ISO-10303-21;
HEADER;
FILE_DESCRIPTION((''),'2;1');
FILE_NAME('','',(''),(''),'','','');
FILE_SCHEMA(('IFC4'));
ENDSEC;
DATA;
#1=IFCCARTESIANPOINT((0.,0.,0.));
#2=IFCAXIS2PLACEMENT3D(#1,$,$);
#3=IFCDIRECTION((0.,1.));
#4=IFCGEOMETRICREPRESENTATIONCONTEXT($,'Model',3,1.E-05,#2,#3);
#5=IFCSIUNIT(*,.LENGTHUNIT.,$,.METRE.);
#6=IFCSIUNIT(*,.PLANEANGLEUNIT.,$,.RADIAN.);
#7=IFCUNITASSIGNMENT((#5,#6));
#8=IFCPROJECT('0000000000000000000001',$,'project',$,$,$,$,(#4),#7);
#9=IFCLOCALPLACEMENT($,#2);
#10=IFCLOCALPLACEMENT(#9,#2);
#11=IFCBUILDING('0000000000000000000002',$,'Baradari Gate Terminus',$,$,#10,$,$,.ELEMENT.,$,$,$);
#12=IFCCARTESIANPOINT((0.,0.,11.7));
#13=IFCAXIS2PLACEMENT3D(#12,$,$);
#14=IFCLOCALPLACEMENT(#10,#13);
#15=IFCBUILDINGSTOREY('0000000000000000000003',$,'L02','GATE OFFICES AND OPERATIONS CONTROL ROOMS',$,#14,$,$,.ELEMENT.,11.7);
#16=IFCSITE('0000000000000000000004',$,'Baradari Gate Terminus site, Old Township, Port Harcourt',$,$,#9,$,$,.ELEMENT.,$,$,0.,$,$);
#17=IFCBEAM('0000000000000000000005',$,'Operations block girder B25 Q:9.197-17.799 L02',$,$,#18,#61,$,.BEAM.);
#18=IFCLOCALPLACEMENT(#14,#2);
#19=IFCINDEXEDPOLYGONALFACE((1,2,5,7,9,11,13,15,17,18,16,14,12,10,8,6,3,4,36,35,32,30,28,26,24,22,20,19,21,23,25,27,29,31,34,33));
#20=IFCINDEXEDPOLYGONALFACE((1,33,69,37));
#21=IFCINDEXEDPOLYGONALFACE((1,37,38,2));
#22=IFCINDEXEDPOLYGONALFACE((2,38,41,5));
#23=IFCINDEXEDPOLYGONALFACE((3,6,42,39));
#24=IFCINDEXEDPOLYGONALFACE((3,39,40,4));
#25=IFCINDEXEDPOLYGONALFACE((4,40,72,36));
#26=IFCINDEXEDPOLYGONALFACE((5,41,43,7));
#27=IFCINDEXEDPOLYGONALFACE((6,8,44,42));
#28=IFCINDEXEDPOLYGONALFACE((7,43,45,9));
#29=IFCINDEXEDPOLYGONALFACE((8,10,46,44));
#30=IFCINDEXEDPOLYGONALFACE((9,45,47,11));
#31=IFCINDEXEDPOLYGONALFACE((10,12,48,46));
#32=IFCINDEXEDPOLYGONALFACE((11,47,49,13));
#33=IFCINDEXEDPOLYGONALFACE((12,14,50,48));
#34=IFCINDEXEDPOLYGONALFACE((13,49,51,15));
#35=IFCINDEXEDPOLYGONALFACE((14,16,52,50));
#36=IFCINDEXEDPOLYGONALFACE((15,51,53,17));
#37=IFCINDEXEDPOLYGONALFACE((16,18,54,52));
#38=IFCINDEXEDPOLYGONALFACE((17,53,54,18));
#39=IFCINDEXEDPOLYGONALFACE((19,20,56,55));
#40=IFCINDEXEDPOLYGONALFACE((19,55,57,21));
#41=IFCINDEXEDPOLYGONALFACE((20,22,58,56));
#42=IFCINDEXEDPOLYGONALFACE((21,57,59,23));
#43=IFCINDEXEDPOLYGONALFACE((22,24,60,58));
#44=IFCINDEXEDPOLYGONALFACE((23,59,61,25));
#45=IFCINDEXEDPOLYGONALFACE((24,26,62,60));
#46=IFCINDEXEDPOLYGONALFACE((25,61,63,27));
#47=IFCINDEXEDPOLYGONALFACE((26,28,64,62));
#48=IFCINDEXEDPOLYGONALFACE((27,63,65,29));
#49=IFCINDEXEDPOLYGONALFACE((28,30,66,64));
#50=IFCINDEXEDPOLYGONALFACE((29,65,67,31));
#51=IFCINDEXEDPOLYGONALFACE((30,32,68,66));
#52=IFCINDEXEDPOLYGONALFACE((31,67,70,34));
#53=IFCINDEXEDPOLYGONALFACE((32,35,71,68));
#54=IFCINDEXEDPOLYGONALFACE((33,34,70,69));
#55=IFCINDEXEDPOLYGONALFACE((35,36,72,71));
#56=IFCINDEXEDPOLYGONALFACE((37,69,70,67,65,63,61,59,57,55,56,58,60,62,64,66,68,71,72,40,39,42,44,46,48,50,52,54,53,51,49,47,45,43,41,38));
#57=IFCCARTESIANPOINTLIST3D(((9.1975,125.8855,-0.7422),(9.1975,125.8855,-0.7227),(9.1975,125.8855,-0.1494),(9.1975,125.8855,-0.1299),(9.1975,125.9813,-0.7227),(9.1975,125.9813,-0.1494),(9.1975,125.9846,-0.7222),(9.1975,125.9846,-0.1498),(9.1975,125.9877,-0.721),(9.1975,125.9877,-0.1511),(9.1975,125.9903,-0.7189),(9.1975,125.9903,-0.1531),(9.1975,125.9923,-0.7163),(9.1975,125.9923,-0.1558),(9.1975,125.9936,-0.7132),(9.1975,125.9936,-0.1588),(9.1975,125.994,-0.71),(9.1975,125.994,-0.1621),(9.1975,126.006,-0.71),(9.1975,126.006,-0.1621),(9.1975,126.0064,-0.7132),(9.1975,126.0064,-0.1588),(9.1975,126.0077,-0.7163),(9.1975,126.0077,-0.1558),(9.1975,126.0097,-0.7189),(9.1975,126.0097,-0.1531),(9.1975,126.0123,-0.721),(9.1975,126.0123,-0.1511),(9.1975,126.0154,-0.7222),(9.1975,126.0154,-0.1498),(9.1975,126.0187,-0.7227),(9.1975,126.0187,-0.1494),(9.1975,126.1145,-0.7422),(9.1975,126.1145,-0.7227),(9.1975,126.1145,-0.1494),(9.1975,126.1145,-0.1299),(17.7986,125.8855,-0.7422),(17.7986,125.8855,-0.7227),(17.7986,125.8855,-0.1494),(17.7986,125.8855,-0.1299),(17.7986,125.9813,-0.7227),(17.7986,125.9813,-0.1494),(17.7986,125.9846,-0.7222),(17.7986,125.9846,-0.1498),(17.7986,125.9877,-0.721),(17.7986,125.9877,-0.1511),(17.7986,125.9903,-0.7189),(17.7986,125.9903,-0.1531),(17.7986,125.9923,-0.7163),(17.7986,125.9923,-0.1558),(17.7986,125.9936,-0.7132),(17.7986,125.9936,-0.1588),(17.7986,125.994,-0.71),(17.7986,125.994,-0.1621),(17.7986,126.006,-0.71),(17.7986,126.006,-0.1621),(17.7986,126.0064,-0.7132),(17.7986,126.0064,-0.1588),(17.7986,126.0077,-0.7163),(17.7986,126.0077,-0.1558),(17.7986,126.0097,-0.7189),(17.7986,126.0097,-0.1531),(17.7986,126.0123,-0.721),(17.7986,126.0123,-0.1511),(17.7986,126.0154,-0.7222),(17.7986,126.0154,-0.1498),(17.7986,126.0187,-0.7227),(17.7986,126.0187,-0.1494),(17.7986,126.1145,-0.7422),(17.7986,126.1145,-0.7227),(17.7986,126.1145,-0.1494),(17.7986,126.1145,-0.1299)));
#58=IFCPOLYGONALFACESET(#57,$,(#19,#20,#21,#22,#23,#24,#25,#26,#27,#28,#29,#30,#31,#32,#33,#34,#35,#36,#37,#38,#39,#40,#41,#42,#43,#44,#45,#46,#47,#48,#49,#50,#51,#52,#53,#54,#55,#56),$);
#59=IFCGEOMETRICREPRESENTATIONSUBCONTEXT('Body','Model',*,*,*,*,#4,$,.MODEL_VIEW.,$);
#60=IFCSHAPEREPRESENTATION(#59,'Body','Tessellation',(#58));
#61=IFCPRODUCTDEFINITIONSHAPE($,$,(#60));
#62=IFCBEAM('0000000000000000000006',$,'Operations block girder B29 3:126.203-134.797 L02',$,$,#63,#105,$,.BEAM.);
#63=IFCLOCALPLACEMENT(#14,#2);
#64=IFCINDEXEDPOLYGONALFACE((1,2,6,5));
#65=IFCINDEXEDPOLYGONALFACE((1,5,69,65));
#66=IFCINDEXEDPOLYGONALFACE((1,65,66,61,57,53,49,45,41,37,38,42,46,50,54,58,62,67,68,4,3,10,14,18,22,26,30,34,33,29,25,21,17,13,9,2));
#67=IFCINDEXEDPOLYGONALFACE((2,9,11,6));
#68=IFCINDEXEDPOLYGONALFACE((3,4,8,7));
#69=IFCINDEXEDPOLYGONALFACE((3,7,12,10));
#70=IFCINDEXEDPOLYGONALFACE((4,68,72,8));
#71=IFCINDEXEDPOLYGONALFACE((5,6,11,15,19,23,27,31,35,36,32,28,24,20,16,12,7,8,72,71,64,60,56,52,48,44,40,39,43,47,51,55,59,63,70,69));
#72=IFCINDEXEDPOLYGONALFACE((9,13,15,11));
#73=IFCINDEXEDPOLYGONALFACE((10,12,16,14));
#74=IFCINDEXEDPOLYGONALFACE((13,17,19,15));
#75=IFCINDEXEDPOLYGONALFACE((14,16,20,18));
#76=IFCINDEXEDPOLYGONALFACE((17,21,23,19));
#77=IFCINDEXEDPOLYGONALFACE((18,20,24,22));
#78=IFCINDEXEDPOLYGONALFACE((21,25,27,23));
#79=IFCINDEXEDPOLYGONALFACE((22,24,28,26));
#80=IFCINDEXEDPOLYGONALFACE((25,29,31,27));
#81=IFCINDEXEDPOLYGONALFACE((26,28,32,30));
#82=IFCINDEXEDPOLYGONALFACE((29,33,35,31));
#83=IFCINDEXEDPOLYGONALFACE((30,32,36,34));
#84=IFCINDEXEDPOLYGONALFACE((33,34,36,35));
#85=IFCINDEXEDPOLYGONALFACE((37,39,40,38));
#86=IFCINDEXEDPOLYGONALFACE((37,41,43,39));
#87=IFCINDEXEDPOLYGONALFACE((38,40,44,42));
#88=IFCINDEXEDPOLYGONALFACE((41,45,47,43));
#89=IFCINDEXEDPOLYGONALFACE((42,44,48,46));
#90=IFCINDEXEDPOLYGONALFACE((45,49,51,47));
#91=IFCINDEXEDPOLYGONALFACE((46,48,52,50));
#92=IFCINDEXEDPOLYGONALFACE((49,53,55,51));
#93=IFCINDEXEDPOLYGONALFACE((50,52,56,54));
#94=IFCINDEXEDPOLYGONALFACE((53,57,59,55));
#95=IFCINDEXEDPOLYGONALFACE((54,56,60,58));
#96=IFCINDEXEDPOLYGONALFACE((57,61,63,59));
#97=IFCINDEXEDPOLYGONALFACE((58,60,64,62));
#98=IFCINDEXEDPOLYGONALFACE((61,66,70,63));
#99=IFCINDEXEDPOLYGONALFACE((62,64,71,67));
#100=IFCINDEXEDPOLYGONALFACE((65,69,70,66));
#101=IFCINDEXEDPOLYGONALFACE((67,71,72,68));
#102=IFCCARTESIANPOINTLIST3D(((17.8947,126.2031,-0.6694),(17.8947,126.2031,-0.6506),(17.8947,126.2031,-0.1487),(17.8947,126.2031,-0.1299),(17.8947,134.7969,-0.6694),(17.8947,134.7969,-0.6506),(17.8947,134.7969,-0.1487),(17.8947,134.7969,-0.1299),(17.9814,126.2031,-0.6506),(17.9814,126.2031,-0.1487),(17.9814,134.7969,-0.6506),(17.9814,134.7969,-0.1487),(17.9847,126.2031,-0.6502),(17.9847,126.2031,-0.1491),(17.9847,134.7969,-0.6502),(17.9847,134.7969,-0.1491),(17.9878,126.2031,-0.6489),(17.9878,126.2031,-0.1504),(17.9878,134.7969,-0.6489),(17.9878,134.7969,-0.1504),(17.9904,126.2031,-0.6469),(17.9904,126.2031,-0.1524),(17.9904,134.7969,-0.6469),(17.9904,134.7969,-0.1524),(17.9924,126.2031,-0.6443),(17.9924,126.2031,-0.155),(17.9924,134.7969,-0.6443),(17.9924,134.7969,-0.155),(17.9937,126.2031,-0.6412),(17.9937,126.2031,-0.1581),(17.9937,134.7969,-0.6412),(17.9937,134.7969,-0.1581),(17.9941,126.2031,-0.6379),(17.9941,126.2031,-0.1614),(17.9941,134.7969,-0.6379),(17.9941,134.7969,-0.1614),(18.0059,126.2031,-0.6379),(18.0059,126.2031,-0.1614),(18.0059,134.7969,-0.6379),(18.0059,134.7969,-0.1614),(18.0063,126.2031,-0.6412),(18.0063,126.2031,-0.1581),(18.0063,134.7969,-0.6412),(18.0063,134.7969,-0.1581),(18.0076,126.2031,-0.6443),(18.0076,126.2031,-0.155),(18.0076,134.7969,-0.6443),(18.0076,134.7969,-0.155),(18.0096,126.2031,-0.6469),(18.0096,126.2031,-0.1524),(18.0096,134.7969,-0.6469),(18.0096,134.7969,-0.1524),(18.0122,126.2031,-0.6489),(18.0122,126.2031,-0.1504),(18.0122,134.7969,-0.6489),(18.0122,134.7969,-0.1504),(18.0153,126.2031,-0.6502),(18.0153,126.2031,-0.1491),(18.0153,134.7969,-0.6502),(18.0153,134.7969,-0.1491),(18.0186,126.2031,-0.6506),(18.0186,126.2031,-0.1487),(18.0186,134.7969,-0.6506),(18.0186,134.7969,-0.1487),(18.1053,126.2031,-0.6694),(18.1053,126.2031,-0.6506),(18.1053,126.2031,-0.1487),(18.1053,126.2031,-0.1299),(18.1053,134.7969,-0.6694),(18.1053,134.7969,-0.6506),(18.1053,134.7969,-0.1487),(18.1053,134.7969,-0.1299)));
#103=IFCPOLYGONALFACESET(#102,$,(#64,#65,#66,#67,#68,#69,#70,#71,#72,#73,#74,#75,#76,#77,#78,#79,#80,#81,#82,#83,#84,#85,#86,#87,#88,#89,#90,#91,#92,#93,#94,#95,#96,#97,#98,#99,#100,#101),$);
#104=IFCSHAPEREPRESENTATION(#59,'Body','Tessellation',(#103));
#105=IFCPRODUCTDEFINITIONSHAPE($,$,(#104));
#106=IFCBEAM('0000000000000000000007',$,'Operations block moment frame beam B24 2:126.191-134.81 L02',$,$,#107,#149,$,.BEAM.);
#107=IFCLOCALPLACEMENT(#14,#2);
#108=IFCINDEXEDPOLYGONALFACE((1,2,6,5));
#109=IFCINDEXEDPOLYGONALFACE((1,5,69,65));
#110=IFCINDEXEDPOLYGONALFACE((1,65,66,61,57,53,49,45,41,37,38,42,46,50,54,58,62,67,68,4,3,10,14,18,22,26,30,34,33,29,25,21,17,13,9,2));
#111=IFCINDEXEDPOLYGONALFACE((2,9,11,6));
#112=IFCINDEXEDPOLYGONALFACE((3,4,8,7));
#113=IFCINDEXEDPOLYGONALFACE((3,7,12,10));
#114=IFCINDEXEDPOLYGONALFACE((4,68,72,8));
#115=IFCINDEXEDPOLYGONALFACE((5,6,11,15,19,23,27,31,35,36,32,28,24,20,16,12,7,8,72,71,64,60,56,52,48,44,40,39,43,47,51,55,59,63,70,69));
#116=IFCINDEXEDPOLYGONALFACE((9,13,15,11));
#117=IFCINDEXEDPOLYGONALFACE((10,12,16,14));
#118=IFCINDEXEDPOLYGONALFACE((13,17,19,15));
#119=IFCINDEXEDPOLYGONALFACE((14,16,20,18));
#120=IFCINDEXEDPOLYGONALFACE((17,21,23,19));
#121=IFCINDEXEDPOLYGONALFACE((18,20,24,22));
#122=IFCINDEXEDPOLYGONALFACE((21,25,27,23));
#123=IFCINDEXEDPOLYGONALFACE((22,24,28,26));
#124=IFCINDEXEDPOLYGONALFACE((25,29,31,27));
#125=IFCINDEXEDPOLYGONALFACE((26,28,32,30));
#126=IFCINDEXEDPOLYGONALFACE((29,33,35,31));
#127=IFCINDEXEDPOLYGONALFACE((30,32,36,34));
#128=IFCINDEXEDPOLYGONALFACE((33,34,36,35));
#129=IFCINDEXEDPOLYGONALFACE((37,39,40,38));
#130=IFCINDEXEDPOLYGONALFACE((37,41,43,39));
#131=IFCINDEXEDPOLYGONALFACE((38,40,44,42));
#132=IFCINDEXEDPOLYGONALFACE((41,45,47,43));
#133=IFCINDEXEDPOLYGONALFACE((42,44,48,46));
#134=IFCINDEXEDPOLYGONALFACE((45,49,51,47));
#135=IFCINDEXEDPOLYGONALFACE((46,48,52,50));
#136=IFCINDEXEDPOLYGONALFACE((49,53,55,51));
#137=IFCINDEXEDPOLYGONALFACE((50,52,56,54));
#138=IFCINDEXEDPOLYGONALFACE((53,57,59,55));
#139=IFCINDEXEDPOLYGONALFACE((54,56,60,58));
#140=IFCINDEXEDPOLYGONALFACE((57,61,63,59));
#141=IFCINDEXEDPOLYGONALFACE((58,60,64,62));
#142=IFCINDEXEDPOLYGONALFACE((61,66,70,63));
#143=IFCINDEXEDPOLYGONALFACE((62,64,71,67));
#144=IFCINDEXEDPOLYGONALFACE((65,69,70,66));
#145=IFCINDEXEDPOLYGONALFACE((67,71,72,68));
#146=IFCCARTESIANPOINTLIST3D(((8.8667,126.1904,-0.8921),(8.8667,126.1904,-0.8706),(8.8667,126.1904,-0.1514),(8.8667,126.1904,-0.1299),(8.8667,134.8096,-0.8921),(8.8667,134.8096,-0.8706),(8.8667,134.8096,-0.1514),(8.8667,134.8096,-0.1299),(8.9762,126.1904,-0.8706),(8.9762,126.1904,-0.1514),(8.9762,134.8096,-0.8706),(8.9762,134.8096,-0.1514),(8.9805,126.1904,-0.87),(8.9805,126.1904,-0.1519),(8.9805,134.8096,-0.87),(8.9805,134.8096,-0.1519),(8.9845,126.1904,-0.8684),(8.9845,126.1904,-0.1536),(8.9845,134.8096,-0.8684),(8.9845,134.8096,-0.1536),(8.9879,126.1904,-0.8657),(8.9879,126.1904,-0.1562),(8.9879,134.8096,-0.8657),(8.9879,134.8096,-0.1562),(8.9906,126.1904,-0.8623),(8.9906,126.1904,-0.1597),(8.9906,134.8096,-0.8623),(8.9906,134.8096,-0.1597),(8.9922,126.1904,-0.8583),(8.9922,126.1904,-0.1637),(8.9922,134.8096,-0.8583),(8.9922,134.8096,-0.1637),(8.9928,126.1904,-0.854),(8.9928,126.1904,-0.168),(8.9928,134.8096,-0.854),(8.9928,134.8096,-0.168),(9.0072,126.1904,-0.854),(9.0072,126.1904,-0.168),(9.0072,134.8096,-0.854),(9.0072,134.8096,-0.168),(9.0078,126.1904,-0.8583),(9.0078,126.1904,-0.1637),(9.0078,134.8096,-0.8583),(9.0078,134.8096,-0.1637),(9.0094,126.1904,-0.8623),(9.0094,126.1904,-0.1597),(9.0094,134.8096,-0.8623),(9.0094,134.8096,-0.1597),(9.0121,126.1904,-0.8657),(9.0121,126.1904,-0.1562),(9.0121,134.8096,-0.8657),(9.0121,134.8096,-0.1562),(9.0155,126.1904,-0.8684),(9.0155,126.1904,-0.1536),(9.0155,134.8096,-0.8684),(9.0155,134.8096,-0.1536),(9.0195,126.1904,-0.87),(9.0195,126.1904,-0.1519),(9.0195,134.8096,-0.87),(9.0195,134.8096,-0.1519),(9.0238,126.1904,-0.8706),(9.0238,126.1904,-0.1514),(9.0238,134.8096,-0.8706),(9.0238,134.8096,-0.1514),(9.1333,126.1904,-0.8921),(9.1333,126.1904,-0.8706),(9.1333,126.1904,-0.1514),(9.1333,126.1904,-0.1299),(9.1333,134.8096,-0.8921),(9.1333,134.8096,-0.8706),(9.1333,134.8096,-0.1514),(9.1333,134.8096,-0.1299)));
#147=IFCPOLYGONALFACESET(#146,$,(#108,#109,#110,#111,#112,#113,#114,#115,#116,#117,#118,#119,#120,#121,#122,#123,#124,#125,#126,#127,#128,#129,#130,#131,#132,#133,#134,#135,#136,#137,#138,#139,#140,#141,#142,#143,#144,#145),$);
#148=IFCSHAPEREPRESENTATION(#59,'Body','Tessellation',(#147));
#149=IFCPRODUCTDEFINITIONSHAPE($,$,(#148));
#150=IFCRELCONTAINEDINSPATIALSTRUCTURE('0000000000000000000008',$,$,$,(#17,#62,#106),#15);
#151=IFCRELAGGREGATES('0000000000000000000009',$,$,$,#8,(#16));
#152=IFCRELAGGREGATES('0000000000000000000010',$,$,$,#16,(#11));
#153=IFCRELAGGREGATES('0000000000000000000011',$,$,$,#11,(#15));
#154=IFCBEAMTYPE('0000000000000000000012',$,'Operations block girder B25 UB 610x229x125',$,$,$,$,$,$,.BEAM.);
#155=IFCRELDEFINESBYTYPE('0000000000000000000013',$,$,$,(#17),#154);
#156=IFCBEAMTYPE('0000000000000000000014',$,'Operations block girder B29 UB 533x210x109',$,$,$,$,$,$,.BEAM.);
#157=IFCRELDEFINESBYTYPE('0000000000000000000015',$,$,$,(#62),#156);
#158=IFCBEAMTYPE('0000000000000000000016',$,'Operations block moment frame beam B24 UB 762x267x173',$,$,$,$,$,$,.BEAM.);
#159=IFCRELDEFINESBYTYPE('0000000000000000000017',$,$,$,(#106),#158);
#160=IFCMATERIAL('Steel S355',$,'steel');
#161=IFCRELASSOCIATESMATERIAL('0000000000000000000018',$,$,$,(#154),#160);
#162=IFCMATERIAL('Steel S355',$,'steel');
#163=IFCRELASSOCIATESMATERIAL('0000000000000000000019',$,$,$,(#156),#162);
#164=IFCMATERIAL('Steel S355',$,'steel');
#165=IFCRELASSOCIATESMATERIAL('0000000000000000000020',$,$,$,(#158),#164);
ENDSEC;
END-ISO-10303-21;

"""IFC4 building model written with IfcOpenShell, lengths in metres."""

from ifc_helpers import new_model, si_unit, direction, frame, origin, origin_2d, place, context, subcontext, project, spatial, i_section, extrude, material, material_profile, profile_set, type_object, element, save


model = new_model("IFC4")

# Units and contexts
model_context = context("Model", 3, precision=1e-05, world=origin(), true_north=direction((0.0, 1.0)))
body_context = subcontext(model_context, "Body", "Model", "MODEL_VIEW")
ifc_project = project(units=[si_unit("LENGTHUNIT", "METRE"), si_unit("PLANEANGLEUNIT", "RADIAN")], contexts=[model_context])

# Site, building, storey
site_placement = place(None, origin())
site = spatial("IfcSite", under=ifc_project, at=site_placement, Name="Baradari Gate Terminus site, Old Township, Port Harcourt", CompositionType="ELEMENT", RefElevation=0.0)
building_placement = place(site_placement, origin())
building = spatial("IfcBuilding", under=site, at=building_placement, Name="Baradari Gate Terminus", CompositionType="ELEMENT")
storey_placement = place(building_placement, frame((0.0, 0.0, 11.7)))
storey = spatial("IfcBuildingStorey", under=building, at=storey_placement, Name="L02", Description="GATE OFFICES AND OPERATIONS CONTROL ROOMS", CompositionType="ELEMENT", Elevation=11.7)

# Beams
ifc_material_1 = material(Name="Steel S355", Category="steel")
ifc_material_profile_1 = material_profile(ifc_material_1, i_section(OverallWidth=0.229, OverallDepth=0.6123, WebThickness=0.012, FlangeThickness=0.0195, FilletRadius=0.0127, at=origin_2d()), Name="UB 610x229x125")
ifc_profile_set_1 = profile_set([ifc_material_profile_1], Name="Steel S355")
beam_type_1 = type_object("IfcBeamType", Name="Operations block girder B25 UB 610x229x125", PredefinedType="BEAM", material=ifc_profile_set_1)
beam_1_placement = place(storey_placement, frame((9.1975, 126.0, -0.436), z_axis=(1.0, 0.0, 0.0), x_axis=(0.0, 1.0, 0.0)))
element("IfcBeam", 1, at=beam_1_placement, inside=storey, type_object=beam_type_1, Name="Operations block girder B25 Q:9.197-17.799 L02", PredefinedType="BEAM", context=body_context, shape_type="SweptSolid", body=[
    extrude(i_section(OverallWidth=0.229, OverallDepth=0.6123, WebThickness=0.012, FlangeThickness=0.0195, FilletRadius=0.0127, at=origin_2d()), origin(), (0.0, 0.0, 1.0), 8.6011),
])
ifc_material_2 = material(Name="Steel S355", Category="steel")
ifc_material_profile_2 = material_profile(ifc_material_2, i_section(OverallWidth=0.2107, OverallDepth=0.5396, WebThickness=0.0117, FlangeThickness=0.0188, FilletRadius=0.0127, at=origin_2d()), Name="UB 533x210x109")
ifc_profile_set_2 = profile_set([ifc_material_profile_2], Name="Steel S355")
beam_type_2 = type_object("IfcBeamType", Name="Operations block girder B29 UB 533x210x109", PredefinedType="BEAM", material=ifc_profile_set_2)
beam_2_placement = place(storey_placement, frame((18.0, 126.2031, -0.3997), z_axis=(0.0, 1.0, 0.0), x_axis=(-1.0, 0.0, 0.0)))
element("IfcBeam", 2, at=beam_2_placement, inside=storey, type_object=beam_type_2, Name="Operations block girder B29 3:126.203-134.797 L02", PredefinedType="BEAM", context=body_context, shape_type="SweptSolid", body=[
    extrude(i_section(OverallWidth=0.2107, OverallDepth=0.5396, WebThickness=0.0117, FlangeThickness=0.0188, FilletRadius=0.0127, at=origin_2d()), origin(), (0.0, 0.0, 1.0), 8.5938),
])
ifc_material_3 = material(Name="Steel S355", Category="steel")
ifc_material_profile_3 = material_profile(ifc_material_3, i_section(OverallWidth=0.2666, OverallDepth=0.7622, WebThickness=0.0144, FlangeThickness=0.0215, FilletRadius=0.0166, at=origin_2d()), Name="UB 762x267x173")
ifc_profile_set_3 = profile_set([ifc_material_profile_3], Name="Steel S355")
beam_type_3 = type_object("IfcBeamType", Name="Operations block moment frame beam B24 UB 762x267x173", PredefinedType="BEAM", material=ifc_profile_set_3)
beam_3_placement = place(storey_placement, frame((9.0, 126.1904, -0.511), z_axis=(0.0, 1.0, 0.0), x_axis=(-1.0, 0.0, 0.0)))
element("IfcBeam", 3, at=beam_3_placement, inside=storey, type_object=beam_type_3, Name="Operations block moment frame beam B24 2:126.191-134.81 L02", PredefinedType="BEAM", context=body_context, shape_type="SweptSolid", body=[
    extrude(i_section(OverallWidth=0.2666, OverallDepth=0.7622, WebThickness=0.0144, FlangeThickness=0.0215, FilletRadius=0.0166, at=origin_2d()), origin(), (0.0, 0.0, 1.0), 8.6191),
])

save(model, "model.ifc")
